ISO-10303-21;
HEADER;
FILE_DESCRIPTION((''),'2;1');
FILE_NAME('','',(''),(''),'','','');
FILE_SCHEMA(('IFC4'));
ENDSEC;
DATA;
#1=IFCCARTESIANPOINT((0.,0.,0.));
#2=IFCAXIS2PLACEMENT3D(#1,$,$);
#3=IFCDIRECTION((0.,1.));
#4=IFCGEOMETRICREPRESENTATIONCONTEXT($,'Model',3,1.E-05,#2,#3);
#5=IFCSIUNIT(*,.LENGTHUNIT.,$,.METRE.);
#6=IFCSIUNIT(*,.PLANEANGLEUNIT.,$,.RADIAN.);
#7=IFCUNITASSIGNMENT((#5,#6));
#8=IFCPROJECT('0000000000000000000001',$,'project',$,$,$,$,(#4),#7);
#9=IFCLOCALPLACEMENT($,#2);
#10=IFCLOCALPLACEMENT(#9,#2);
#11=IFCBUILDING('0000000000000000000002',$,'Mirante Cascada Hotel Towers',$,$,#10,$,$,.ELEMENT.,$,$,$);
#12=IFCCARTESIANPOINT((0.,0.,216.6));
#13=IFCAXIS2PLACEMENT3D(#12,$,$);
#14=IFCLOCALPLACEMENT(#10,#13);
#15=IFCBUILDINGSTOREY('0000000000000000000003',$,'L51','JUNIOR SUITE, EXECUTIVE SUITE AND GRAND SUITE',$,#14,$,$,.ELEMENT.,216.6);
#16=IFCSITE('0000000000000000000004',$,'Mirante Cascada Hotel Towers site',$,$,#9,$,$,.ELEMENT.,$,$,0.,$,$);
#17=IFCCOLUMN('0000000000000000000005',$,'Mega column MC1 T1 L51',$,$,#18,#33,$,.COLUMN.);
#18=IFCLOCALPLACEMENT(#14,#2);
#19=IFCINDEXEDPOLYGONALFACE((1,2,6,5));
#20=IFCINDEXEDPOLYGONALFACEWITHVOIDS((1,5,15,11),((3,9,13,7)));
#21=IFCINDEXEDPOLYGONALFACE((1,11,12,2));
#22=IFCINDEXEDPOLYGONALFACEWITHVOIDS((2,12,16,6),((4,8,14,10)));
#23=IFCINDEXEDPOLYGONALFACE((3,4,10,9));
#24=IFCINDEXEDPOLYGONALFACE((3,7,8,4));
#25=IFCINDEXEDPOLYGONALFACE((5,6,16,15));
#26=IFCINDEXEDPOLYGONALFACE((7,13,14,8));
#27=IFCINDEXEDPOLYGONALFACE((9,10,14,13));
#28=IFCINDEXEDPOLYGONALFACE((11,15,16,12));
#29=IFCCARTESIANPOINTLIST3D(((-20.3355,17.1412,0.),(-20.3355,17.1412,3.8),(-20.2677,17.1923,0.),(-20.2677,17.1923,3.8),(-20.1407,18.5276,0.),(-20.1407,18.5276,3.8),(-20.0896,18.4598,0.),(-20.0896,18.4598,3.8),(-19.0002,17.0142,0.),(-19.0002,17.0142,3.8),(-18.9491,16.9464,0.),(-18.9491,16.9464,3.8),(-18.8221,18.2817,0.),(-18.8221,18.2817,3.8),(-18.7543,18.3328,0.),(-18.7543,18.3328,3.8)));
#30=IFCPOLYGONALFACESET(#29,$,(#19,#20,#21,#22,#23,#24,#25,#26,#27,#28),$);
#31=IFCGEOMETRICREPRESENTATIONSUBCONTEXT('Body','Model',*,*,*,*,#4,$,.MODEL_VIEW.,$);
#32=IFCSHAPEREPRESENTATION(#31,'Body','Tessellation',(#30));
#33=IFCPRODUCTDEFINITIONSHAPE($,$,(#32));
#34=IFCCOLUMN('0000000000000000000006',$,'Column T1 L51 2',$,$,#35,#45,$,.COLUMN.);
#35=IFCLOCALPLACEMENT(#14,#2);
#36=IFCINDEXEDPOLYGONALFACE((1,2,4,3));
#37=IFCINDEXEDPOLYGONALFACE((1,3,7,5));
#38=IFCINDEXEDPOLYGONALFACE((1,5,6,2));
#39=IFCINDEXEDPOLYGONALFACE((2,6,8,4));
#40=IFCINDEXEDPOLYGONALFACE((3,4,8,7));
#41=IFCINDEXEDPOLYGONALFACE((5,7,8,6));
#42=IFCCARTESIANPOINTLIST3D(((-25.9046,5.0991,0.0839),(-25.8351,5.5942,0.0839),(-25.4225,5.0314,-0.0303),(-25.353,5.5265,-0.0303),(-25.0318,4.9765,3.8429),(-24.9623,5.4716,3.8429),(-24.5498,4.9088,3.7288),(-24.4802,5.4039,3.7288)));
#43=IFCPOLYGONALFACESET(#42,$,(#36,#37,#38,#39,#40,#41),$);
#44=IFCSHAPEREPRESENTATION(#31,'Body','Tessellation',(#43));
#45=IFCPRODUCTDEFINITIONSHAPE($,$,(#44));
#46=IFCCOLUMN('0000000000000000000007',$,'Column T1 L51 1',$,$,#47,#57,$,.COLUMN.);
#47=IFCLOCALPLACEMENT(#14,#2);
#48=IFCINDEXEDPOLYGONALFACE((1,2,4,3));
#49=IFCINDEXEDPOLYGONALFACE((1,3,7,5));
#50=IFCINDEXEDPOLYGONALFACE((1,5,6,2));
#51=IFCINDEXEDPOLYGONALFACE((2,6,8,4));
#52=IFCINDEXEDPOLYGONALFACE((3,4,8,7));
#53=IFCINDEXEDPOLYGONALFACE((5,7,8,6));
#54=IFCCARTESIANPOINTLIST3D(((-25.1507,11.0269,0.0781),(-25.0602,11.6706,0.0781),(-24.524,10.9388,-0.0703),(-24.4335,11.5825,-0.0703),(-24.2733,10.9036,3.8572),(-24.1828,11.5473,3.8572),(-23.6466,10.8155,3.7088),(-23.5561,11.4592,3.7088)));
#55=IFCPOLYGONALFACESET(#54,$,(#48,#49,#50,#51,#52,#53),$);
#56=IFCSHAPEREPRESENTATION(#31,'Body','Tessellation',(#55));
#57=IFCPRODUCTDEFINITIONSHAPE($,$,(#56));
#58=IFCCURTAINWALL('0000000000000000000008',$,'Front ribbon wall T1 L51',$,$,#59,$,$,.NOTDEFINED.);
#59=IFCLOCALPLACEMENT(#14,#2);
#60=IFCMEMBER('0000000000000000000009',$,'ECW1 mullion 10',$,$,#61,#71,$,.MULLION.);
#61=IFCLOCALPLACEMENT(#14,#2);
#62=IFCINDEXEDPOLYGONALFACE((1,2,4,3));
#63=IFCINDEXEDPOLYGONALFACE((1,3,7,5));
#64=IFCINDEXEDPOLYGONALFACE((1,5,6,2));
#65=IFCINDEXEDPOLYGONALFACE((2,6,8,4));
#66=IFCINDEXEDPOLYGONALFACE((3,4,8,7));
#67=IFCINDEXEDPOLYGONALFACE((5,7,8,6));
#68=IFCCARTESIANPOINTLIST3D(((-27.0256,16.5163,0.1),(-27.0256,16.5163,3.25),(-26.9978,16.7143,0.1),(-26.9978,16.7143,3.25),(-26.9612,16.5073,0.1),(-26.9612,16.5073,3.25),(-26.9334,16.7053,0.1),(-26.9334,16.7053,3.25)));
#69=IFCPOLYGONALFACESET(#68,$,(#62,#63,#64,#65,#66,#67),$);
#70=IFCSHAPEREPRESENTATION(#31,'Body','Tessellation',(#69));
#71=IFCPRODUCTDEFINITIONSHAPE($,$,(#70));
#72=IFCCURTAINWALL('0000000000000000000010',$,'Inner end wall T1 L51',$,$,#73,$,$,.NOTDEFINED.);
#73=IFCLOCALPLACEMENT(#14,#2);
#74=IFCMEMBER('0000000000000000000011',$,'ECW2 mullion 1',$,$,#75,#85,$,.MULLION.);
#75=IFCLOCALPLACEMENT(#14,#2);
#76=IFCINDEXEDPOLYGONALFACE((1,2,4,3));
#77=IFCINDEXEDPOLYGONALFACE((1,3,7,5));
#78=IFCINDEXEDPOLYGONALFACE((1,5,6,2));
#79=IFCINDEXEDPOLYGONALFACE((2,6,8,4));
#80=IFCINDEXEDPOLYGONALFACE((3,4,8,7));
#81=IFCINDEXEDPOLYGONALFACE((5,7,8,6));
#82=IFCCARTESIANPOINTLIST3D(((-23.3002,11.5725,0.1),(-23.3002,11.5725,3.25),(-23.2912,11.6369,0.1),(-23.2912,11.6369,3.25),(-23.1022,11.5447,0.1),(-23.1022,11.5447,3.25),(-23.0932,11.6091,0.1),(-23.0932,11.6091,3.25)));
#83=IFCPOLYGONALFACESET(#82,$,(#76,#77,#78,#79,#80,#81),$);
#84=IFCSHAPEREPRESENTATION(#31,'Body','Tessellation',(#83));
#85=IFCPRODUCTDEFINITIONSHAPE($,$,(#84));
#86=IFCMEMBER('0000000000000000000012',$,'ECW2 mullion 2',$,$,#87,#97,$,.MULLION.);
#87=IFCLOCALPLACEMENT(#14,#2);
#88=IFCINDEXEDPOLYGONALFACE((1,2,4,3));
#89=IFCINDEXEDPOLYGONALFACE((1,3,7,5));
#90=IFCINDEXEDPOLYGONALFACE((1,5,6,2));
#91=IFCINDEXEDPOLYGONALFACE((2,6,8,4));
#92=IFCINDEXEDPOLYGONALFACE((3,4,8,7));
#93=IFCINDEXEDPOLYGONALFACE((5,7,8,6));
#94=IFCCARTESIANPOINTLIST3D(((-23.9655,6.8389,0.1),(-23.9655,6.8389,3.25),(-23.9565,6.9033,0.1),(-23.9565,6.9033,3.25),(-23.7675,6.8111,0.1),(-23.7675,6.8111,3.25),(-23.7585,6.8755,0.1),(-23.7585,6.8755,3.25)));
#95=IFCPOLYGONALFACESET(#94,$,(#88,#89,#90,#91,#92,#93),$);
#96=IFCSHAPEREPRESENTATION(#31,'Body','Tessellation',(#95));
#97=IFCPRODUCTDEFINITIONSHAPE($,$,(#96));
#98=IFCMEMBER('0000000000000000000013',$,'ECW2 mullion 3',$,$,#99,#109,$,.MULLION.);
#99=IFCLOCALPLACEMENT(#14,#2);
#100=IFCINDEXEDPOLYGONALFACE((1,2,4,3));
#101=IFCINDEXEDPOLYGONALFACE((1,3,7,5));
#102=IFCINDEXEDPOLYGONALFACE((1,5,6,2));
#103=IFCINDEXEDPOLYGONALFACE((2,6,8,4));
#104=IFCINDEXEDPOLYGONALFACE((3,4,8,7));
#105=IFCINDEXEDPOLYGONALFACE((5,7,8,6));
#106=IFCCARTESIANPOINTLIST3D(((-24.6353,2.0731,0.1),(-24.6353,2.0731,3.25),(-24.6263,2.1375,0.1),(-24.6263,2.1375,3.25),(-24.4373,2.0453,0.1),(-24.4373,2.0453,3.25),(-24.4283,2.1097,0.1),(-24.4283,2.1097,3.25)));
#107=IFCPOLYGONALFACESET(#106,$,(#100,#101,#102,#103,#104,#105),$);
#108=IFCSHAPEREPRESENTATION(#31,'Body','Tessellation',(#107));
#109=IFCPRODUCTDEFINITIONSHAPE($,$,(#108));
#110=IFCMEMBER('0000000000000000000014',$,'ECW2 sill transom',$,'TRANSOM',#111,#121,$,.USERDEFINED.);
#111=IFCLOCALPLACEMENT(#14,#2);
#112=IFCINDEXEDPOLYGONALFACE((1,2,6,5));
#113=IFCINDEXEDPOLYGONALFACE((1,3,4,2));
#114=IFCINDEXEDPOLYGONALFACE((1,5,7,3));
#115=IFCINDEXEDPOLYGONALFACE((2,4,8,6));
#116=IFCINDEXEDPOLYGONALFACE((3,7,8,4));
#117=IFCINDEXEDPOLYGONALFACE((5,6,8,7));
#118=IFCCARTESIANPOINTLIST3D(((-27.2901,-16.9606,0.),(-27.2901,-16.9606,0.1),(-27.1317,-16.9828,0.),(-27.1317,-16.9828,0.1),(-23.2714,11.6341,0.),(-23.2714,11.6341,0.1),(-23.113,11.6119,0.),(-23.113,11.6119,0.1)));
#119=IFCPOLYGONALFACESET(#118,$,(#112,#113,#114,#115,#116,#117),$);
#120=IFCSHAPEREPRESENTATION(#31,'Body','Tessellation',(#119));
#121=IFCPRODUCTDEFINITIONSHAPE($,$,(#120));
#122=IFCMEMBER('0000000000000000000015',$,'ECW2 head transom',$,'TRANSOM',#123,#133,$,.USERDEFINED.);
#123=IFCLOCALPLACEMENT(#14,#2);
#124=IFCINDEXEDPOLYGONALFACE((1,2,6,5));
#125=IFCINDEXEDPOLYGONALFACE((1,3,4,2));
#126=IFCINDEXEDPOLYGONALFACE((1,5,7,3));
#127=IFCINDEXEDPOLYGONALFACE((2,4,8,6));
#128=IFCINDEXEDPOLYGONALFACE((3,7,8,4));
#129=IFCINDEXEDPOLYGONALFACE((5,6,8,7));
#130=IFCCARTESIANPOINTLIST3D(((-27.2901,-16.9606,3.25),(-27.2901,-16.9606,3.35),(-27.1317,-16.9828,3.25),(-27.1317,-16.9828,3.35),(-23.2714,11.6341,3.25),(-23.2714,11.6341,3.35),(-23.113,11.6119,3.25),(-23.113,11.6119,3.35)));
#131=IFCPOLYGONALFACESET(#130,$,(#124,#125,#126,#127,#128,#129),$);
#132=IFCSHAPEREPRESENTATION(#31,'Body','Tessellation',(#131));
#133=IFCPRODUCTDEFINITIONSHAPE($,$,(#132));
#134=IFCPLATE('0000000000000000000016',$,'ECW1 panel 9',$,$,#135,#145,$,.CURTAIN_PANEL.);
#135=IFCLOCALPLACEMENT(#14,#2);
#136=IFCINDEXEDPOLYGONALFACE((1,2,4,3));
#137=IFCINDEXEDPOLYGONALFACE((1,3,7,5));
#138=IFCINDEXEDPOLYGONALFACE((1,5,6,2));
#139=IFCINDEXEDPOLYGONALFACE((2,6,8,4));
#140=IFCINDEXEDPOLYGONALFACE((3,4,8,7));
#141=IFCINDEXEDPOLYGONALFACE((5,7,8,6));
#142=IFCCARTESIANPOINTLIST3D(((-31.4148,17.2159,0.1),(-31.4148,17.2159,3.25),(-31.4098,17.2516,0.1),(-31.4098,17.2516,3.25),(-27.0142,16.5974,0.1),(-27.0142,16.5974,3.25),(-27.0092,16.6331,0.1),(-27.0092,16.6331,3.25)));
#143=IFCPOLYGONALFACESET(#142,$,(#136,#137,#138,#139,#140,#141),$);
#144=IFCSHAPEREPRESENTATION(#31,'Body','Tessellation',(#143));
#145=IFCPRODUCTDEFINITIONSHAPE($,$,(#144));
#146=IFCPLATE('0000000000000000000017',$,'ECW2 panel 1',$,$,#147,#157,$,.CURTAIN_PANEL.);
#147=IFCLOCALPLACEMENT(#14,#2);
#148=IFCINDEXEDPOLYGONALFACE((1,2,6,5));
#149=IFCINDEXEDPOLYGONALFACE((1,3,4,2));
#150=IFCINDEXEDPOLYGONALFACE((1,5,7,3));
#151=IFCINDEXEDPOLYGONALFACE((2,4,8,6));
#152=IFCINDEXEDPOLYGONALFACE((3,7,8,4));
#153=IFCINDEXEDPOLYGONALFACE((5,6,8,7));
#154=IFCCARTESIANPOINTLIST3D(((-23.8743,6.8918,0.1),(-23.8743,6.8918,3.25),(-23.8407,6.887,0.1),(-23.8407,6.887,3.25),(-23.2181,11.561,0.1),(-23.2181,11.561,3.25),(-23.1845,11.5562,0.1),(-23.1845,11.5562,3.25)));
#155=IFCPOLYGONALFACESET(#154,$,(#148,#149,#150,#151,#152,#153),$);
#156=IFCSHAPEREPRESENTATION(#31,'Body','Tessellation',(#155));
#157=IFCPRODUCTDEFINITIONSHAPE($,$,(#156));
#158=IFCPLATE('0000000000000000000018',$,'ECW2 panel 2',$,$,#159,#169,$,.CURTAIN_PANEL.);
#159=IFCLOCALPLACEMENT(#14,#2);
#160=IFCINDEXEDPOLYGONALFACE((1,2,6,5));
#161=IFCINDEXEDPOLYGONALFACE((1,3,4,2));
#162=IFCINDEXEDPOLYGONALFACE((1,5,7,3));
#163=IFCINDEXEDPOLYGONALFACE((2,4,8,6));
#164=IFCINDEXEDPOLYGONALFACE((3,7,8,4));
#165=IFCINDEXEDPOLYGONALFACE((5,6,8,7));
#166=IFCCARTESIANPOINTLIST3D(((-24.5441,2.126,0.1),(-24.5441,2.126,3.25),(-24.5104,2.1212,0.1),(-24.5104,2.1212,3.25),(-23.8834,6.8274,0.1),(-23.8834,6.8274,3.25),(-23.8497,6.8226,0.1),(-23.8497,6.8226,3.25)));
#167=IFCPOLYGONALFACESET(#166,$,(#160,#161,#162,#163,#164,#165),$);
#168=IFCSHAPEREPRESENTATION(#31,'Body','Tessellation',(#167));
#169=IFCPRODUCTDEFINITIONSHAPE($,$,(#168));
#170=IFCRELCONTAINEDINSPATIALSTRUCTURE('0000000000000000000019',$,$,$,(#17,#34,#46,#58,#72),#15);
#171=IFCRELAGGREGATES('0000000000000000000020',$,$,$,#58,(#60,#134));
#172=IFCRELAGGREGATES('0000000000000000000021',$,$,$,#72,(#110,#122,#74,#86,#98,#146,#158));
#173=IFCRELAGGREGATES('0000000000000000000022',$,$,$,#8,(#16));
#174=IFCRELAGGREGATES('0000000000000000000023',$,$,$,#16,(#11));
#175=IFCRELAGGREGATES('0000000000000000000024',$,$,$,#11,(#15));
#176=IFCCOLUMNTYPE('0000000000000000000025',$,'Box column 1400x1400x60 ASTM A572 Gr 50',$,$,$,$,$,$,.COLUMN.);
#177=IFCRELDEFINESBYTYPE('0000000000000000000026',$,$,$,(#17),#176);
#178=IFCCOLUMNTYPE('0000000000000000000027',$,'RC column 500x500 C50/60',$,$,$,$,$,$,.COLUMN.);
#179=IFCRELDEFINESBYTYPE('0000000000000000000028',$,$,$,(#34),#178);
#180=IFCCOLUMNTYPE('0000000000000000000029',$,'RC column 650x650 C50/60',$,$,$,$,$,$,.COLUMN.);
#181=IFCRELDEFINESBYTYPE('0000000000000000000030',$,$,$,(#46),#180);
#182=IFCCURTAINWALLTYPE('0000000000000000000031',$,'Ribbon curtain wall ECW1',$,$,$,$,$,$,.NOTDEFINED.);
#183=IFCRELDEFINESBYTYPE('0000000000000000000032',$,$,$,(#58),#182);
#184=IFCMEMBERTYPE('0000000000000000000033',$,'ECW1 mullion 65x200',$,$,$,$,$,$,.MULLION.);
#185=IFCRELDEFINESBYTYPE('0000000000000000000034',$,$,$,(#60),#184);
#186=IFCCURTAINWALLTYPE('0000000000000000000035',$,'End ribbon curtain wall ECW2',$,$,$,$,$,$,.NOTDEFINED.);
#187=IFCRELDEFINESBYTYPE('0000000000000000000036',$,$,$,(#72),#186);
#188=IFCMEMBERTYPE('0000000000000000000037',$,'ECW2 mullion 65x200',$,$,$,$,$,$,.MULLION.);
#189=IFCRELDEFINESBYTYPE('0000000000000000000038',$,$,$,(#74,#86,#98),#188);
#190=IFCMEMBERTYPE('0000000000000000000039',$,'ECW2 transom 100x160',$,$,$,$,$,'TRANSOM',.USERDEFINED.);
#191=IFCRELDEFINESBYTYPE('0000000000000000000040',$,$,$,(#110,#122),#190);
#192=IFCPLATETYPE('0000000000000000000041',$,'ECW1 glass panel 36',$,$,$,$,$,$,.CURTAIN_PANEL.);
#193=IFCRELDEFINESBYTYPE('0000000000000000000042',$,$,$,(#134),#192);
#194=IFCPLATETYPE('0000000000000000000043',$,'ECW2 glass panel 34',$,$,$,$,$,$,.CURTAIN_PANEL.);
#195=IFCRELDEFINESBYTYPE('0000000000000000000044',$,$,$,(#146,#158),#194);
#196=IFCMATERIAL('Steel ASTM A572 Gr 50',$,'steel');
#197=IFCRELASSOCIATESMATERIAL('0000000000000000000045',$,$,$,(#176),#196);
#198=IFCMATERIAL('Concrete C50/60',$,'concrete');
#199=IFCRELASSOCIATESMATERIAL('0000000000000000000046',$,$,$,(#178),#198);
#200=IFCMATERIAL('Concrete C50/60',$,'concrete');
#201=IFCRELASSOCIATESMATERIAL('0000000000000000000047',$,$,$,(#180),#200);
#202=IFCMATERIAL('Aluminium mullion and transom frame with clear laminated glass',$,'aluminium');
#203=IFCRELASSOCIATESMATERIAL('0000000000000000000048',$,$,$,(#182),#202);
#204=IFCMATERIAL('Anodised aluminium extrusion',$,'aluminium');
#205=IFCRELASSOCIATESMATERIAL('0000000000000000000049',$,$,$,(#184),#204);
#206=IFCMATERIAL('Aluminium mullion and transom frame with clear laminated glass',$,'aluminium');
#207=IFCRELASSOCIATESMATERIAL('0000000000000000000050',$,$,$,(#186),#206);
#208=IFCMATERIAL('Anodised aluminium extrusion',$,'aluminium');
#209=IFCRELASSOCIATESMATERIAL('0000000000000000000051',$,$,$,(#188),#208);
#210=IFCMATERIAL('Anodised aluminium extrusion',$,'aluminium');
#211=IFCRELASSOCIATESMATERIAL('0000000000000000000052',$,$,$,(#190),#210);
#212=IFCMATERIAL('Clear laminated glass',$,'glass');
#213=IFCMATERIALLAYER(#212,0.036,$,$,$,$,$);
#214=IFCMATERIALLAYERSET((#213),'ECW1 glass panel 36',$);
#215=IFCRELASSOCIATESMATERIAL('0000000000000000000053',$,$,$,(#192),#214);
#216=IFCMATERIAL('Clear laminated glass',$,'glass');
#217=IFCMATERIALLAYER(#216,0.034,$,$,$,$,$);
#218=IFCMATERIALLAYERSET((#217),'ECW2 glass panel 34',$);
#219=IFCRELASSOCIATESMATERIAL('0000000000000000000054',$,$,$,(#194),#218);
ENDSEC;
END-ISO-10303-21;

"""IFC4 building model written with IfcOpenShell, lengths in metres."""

from ifc_helpers import new_model, si_unit, direction, frame, origin, origin_2d, place, context, subcontext, project, spatial, rectangle, hollow_rectangle, extrude, material, layer, layer_set, material_profile, profile_set, type_object, element, aggregate, save


model = new_model("IFC4")

# Units and contexts
model_context = context("Model", 3, precision=1e-05, world=origin(), true_north=direction((0.0, 1.0)))
body_context = subcontext(model_context, "Body", "Model", "MODEL_VIEW")
ifc_project = project(units=[si_unit("LENGTHUNIT", "METRE"), si_unit("PLANEANGLEUNIT", "RADIAN")], contexts=[model_context])

# Site, building, storey
site_placement = place(None, origin())
site = spatial("IfcSite", under=ifc_project, at=site_placement, Name="Mirante Cascada Hotel Towers site", CompositionType="ELEMENT", RefElevation=0.0)
building_placement = place(site_placement, origin())
building = spatial("IfcBuilding", under=site, at=building_placement, Name="Mirante Cascada Hotel Towers", CompositionType="ELEMENT")
storey_placement = place(building_placement, frame((0.0, 0.0, 216.6)))
storey = spatial("IfcBuildingStorey", under=building, at=storey_placement, Name="L51", Description="JUNIOR SUITE, EXECUTIVE SUITE AND GRAND SUITE", CompositionType="ELEMENT", Elevation=216.6)

# Columns
ifc_material_1 = material(Name="Steel ASTM A572 Gr 50", Category="steel")
ifc_material_profile_1 = material_profile(ifc_material_1, hollow_rectangle(XDim=1.4, YDim=1.4, WallThickness=0.06, at=origin_2d()), Name="Box column 1400x1400x60 ASTM A572 Gr 50")
ifc_profile_set_1 = profile_set([ifc_material_profile_1], Name="Steel ASTM A572 Gr 50")
column_type_1 = type_object("IfcColumnType", Name="Box column 1400x1400x60 ASTM A572 Gr 50", PredefinedType="COLUMN", material=ifc_profile_set_1)
column_1_placement = place(storey_placement, frame((-19.5449, 17.737, 0.0), z_axis=(0.0, 0.0, 1.0), x_axis=(-0.990268, 0.139173, 0.0)))
element("IfcColumn", 1, at=column_1_placement, inside=storey, type_object=column_type_1, Name="Mega column MC1 T1 L51", PredefinedType="COLUMN", context=body_context, shape_type="SweptSolid", body=[
    extrude(hollow_rectangle(XDim=1.4, YDim=1.4, WallThickness=0.06, at=origin_2d()), origin(), (0.0, 0.0, 1.0), 3.8),
])
ifc_material_2 = material(Name="Concrete C50/60", Category="concrete")
ifc_material_profile_2 = material_profile(ifc_material_2, rectangle(XDim=0.5, YDim=0.5, at=origin_2d()), Name="RC column 500x500 C50/60")
ifc_profile_set_2 = profile_set([ifc_material_profile_2], Name="Concrete C50/60")
column_type_2 = type_object("IfcColumnType", Name="RC column 500x500 C50/60", PredefinedType="COLUMN", material=ifc_profile_set_2)
column_2_placement = place(storey_placement, frame((-25.6288, 5.3128, 0.0268), z_axis=(0.226053, -0.031753, 0.973597), x_axis=(0.139102, 0.990278, 0.0)))
element("IfcColumn", 2, at=column_2_placement, inside=storey, type_object=column_type_2, Name="Column T1 L51 2", PredefinedType="COLUMN", context=body_context, shape_type="SweptSolid", body=[
    extrude(rectangle(XDim=0.5, YDim=0.5, at=origin_2d()), origin(), (0.0, 0.0, 1.0), 3.861),
])
ifc_material_3 = material(Name="Concrete C50/60", Category="concrete")
ifc_material_profile_3 = material_profile(ifc_material_3, rectangle(XDim=0.65, YDim=0.65, at=origin_2d()), Name="RC column 650x650 C50/60")
ifc_profile_set_3 = profile_set([ifc_material_profile_3], Name="Concrete C50/60")
column_type_3 = type_object("IfcColumnType", Name="RC column 650x650 C50/60", PredefinedType="COLUMN", material=ifc_profile_set_3)
column_3_placement = place(storey_placement, frame((-24.7921, 11.3047, 0.0039), z_axis=(0.226042, -0.031765, 0.973599), x_axis=(0.139161, 0.99027, 0.0)))
element("IfcColumn", 3, at=column_3_placement, inside=storey, type_object=column_type_3, Name="Column T1 L51 1", PredefinedType="COLUMN", context=body_context, shape_type="SweptSolid", body=[
    extrude(rectangle(XDim=0.65, YDim=0.65, at=origin_2d()), origin(), (0.0, 0.0, 1.0), 3.8816),
])

# Curtain wall, member
ifc_material_4 = material(Name="Aluminium mullion and transom frame with clear laminated glass", Category="aluminium")
curtain_wall_type_1 = type_object("IfcCurtainWallType", Name="Ribbon curtain wall ECW1", PredefinedType="NOTDEFINED", material=ifc_material_4)
curtain_wall_1_placement = place(storey_placement, origin())
curtain_wall_1 = element("IfcCurtainWall", 4, at=curtain_wall_1_placement, inside=storey, type_object=curtain_wall_type_1, Name="Front ribbon wall T1 L51", PredefinedType="NOTDEFINED")
ifc_material_5 = material(Name="Anodised aluminium extrusion", Category="aluminium")
ifc_material_profile_4 = material_profile(ifc_material_5, rectangle(XDim=0.2, YDim=0.065, at=origin_2d()), Name="ECW1 MULLION 65x200")
ifc_profile_set_4 = profile_set([ifc_material_profile_4], Name="Anodised aluminium extrusion")
member_type_1 = type_object("IfcMemberType", Name="ECW1 mullion 65x200", PredefinedType="MULLION", material=ifc_profile_set_4)
member_1_placement = place(storey_placement, frame((-26.9795, 16.6108, 0.1), z_axis=(0.0, 0.0, 1.0), x_axis=(0.139173, 0.990268, 0.0)))
member_1 = element("IfcMember", 5, at=member_1_placement, type_object=member_type_1, Name="ECW1 mullion 10", PredefinedType="MULLION", context=body_context, shape_type="SweptSolid", body=[
    extrude(rectangle(XDim=0.2, YDim=0.065, at=origin_2d()), origin(), (0.0, 0.0, 1.0), 3.15),
])

# Curtain wall, members
ifc_material_6 = material(Name="Aluminium mullion and transom frame with clear laminated glass", Category="aluminium")
curtain_wall_type_2 = type_object("IfcCurtainWallType", Name="End ribbon curtain wall ECW2", PredefinedType="NOTDEFINED", material=ifc_material_6)
curtain_wall_2_placement = place(storey_placement, origin())
curtain_wall_2 = element("IfcCurtainWall", 6, at=curtain_wall_2_placement, inside=storey, type_object=curtain_wall_type_2, Name="Inner end wall T1 L51", PredefinedType="NOTDEFINED")
ifc_material_7 = material(Name="Anodised aluminium extrusion", Category="aluminium")
ifc_material_profile_5 = material_profile(ifc_material_7, rectangle(XDim=0.2, YDim=0.065, at=origin_2d()), Name="ECW2 MULLION 65x200")
ifc_profile_set_5 = profile_set([ifc_material_profile_5], Name="Anodised aluminium extrusion")
member_type_2 = type_object("IfcMemberType", Name="ECW2 mullion 65x200", PredefinedType="MULLION", material=ifc_profile_set_5)
member_2_placement = place(storey_placement, frame((-23.1967, 11.5908, 0.1), z_axis=(0.0, 0.0, 1.0), x_axis=(0.990268, -0.139173, 0.0)))
member_2 = element("IfcMember", 7, at=member_2_placement, type_object=member_type_2, Name="ECW2 mullion 1", PredefinedType="MULLION", context=body_context, shape_type="SweptSolid", body=[
    extrude(rectangle(XDim=0.2, YDim=0.065, at=origin_2d()), origin(), (0.0, 0.0, 1.0), 3.15),
])
member_3_placement = place(storey_placement, frame((-23.862, 6.8572, 0.1), z_axis=(0.0, 0.0, 1.0), x_axis=(0.990268, -0.139173, 0.0)))
member_3 = element("IfcMember", 8, at=member_3_placement, type_object=member_type_2, Name="ECW2 mullion 2", PredefinedType="MULLION", context=body_context, shape_type="SweptSolid", body=[
    extrude(rectangle(XDim=0.2, YDim=0.065, at=origin_2d()), origin(), (0.0, 0.0, 1.0), 3.15),
])
member_4_placement = place(storey_placement, frame((-24.5318, 2.0914, 0.1), z_axis=(0.0, 0.0, 1.0), x_axis=(0.990268, -0.139173, 0.0)))
member_4 = element("IfcMember", 9, at=member_4_placement, type_object=member_type_2, Name="ECW2 mullion 3", PredefinedType="MULLION", context=body_context, shape_type="SweptSolid", body=[
    extrude(rectangle(XDim=0.2, YDim=0.065, at=origin_2d()), origin(), (0.0, 0.0, 1.0), 3.15),
])
ifc_material_8 = material(Name="Anodised aluminium extrusion", Category="aluminium")
ifc_material_profile_6 = material_profile(ifc_material_8, rectangle(XDim=0.16, YDim=0.1, at=origin_2d()), Name="ECW2 TRANSOM 100x160")
ifc_profile_set_6 = profile_set([ifc_material_profile_6], Name="Anodised aluminium extrusion")
member_type_3 = type_object("IfcMemberType", Name="ECW2 transom 100x160", ElementType="TRANSOM", PredefinedType="USERDEFINED", material=ifc_profile_set_6)
member_5_placement = place(storey_placement, frame((-23.1922, 11.623, 0.05), z_axis=(-0.139172, -0.990268, 0.0), x_axis=(0.990268, -0.139172, 0.0)))
member_5 = element("IfcMember", 10, at=member_5_placement, type_object=member_type_3, Name="ECW2 sill transom", ObjectType="TRANSOM", PredefinedType="USERDEFINED", context=body_context, shape_type="SweptSolid", body=[
    extrude(rectangle(XDim=0.16, YDim=0.1, at=origin_2d()), origin(), (0.0, 0.0, 1.0), 28.8757),
])
member_6_placement = place(storey_placement, frame((-23.1922, 11.623, 3.3), z_axis=(-0.139172, -0.990268, 0.0), x_axis=(0.990268, -0.139172, 0.0)))
member_6 = element("IfcMember", 11, at=member_6_placement, type_object=member_type_3, Name="ECW2 head transom", ObjectType="TRANSOM", PredefinedType="USERDEFINED", context=body_context, shape_type="SweptSolid", body=[
    extrude(rectangle(XDim=0.16, YDim=0.1, at=origin_2d()), origin(), (0.0, 0.0, 1.0), 28.8757),
])

# Plates
ifc_material_9 = material(Name="Clear laminated glass", Category="glass")
ifc_layer_1 = layer(ifc_material_9, 0.036)
ifc_layer_set_1 = layer_set([ifc_layer_1], Name="ECW1 glass panel 36")
plate_type_1 = type_object("IfcPlateType", Name="ECW1 glass panel 36", PredefinedType="CURTAIN_PANEL", material=ifc_layer_set_1)
plate_1_placement = place(storey_placement, frame((-29.212, 16.9245, 0.1), z_axis=(0.0, 0.0, 1.0), x_axis=(0.990268, -0.139173, 0.0)))
plate_1 = element("IfcPlate", 12, at=plate_1_placement, type_object=plate_type_1, Name="ECW1 panel 9", PredefinedType="CURTAIN_PANEL", context=body_context, shape_type="SweptSolid", body=[
    extrude(rectangle(XDim=4.4438, YDim=0.036, at=origin_2d()), origin(), (0.0, 0.0, 1.0), 3.15),
])
aggregate(curtain_wall_1, [member_1, plate_1])
ifc_material_10 = material(Name="Clear laminated glass", Category="glass")
ifc_layer_2 = layer(ifc_material_10, 0.034)
ifc_layer_set_2 = layer_set([ifc_layer_2], Name="ECW2 glass panel 34")
plate_type_2 = type_object("IfcPlateType", Name="ECW2 glass panel 34", PredefinedType="CURTAIN_PANEL", material=ifc_layer_set_2)
plate_2_placement = place(storey_placement, frame((-23.5294, 9.224, 0.1), z_axis=(0.0, 0.0, 1.0), x_axis=(-0.139173, -0.990268, 0.0)))
plate_2 = element("IfcPlate", 13, at=plate_2_placement, type_object=plate_type_2, Name="ECW2 panel 1", PredefinedType="CURTAIN_PANEL", context=body_context, shape_type="SweptSolid", body=[
    extrude(rectangle(XDim=4.7151, YDim=0.034, at=origin_2d()), origin(), (0.0, 0.0, 1.0), 3.15),
])
plate_3_placement = place(storey_placement, frame((-24.1969, 4.4743, 0.1), z_axis=(0.0, 0.0, 1.0), x_axis=(-0.139173, -0.990268, 0.0)))
plate_3 = element("IfcPlate", 14, at=plate_3_placement, type_object=plate_type_2, Name="ECW2 panel 2", PredefinedType="CURTAIN_PANEL", context=body_context, shape_type="SweptSolid", body=[
    extrude(rectangle(XDim=4.7476, YDim=0.034, at=origin_2d()), origin(), (0.0, 0.0, 1.0), 3.15),
])
aggregate(curtain_wall_2, [member_5, member_6, member_2, member_3, member_4, plate_2, plate_3])

save(model, "model.ifc")
